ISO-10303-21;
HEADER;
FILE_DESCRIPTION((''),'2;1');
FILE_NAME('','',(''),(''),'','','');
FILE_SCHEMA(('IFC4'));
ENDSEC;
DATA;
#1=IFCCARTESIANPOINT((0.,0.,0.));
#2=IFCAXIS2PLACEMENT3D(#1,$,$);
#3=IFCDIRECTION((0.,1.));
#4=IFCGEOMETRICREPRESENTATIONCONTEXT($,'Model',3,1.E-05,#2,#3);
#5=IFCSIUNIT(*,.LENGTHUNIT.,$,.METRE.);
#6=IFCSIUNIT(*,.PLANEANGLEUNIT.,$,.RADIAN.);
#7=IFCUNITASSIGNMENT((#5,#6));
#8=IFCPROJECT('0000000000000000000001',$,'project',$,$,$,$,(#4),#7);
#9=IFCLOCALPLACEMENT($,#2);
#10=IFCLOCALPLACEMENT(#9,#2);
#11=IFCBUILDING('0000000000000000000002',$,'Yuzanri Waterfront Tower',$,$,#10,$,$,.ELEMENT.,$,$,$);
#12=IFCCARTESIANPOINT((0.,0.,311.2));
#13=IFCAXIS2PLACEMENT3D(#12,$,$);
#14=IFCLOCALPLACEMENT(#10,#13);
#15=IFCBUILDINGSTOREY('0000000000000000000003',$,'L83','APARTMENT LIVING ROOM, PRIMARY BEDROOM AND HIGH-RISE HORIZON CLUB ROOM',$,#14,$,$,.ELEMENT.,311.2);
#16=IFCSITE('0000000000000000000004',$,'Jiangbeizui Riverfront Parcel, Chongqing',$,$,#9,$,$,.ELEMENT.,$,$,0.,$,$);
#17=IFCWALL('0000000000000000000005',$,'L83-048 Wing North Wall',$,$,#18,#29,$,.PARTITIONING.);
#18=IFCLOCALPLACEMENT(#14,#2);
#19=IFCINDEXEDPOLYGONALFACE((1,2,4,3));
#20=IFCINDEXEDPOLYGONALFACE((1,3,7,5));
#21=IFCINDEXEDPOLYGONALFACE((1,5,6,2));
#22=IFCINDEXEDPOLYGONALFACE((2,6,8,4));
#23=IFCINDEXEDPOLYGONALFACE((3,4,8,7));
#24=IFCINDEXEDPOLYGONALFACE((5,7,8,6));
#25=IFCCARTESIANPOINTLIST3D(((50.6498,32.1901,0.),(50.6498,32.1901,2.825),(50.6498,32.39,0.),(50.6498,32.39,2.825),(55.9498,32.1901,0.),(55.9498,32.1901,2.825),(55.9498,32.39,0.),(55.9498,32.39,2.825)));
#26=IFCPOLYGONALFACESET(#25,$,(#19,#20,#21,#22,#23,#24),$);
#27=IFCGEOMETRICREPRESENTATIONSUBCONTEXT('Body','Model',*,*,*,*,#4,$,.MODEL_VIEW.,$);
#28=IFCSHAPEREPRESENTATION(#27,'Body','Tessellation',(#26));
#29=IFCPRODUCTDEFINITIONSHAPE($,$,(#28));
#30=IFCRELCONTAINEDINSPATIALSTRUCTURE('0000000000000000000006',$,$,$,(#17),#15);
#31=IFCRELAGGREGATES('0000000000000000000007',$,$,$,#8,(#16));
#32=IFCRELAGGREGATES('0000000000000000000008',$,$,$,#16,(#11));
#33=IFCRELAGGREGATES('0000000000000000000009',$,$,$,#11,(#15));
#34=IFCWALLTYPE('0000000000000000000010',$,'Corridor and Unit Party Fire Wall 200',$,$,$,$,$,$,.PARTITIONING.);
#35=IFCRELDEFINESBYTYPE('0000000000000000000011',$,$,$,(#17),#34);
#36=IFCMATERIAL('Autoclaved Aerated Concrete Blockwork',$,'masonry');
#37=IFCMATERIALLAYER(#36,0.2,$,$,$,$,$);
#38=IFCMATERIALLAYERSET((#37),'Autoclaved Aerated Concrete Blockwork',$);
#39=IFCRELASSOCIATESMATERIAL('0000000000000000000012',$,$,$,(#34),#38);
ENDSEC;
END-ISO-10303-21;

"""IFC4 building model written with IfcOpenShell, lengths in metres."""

from ifc_helpers import new_model, si_unit, direction, frame, frame_2d, origin, place, context, subcontext, project, spatial, rectangle, extrude, source, transform, mapped, material, layer, layer_set, type_object, element, save


model = new_model("IFC4")

# Units and contexts
model_context = context("Model", 3, precision=1e-05, world=origin(), true_north=direction((0.0, 1.0)))
body_context = subcontext(model_context, "Body", "Model", "MODEL_VIEW")
ifc_project = project(units=[si_unit("LENGTHUNIT", "METRE"), si_unit("PLANEANGLEUNIT", "RADIAN")], contexts=[model_context])

# Site, building, storey
site_placement = place(None, origin())
site = spatial("IfcSite", under=ifc_project, at=site_placement, Name="Jiangbeizui Riverfront Parcel, Chongqing", CompositionType="ELEMENT", RefElevation=0.0)
building_placement = place(site_placement, origin())
building = spatial("IfcBuilding", under=site, at=building_placement, Name="Yuzanri Waterfront Tower", CompositionType="ELEMENT")
storey_placement = place(building_placement, frame((0.0, 0.0, 311.2)))
storey = spatial("IfcBuildingStorey", under=building, at=storey_placement, Name="L83", Description="APARTMENT LIVING ROOM, PRIMARY BEDROOM AND HIGH-RISE HORIZON CLUB ROOM", CompositionType="ELEMENT", Elevation=311.2)

# Wall
ifc_material_1 = material(Name="Autoclaved Aerated Concrete Blockwork", Category="masonry")
ifc_layer_1 = layer(ifc_material_1, 0.2)
ifc_layer_set_1 = layer_set([ifc_layer_1], Name="Autoclaved Aerated Concrete Blockwork")
wall_type = type_object("IfcWallType", Name="Corridor and Unit Party Fire Wall 200", PredefinedType="PARTITIONING", material=ifc_layer_set_1)
shared_shape_1 = source(origin(), body_context, "Body", "SweptSolid", [
    extrude(rectangle(XDim=5.3, YDim=0.2, at=frame_2d((2.6499, 0.0))), origin(), (0.0, 0.0, 1.0), 2.825),
])
wall_placement = place(storey_placement, frame((50.6499, 32.29, 0.0), z_axis=(0.0, 0.0, 1.0), x_axis=(1.0, 0.0, 0.0)))
element("IfcWall", 1, at=wall_placement, inside=storey, type_object=wall_type, Name="L83-048 Wing North Wall", PredefinedType="PARTITIONING", context=body_context, shape_type="MappedRepresentation", body=[
    mapped(shared_shape_1, transform((0.0, 0.0, 0.0), scale=1.0)),
])

save(model, "model.ifc")
